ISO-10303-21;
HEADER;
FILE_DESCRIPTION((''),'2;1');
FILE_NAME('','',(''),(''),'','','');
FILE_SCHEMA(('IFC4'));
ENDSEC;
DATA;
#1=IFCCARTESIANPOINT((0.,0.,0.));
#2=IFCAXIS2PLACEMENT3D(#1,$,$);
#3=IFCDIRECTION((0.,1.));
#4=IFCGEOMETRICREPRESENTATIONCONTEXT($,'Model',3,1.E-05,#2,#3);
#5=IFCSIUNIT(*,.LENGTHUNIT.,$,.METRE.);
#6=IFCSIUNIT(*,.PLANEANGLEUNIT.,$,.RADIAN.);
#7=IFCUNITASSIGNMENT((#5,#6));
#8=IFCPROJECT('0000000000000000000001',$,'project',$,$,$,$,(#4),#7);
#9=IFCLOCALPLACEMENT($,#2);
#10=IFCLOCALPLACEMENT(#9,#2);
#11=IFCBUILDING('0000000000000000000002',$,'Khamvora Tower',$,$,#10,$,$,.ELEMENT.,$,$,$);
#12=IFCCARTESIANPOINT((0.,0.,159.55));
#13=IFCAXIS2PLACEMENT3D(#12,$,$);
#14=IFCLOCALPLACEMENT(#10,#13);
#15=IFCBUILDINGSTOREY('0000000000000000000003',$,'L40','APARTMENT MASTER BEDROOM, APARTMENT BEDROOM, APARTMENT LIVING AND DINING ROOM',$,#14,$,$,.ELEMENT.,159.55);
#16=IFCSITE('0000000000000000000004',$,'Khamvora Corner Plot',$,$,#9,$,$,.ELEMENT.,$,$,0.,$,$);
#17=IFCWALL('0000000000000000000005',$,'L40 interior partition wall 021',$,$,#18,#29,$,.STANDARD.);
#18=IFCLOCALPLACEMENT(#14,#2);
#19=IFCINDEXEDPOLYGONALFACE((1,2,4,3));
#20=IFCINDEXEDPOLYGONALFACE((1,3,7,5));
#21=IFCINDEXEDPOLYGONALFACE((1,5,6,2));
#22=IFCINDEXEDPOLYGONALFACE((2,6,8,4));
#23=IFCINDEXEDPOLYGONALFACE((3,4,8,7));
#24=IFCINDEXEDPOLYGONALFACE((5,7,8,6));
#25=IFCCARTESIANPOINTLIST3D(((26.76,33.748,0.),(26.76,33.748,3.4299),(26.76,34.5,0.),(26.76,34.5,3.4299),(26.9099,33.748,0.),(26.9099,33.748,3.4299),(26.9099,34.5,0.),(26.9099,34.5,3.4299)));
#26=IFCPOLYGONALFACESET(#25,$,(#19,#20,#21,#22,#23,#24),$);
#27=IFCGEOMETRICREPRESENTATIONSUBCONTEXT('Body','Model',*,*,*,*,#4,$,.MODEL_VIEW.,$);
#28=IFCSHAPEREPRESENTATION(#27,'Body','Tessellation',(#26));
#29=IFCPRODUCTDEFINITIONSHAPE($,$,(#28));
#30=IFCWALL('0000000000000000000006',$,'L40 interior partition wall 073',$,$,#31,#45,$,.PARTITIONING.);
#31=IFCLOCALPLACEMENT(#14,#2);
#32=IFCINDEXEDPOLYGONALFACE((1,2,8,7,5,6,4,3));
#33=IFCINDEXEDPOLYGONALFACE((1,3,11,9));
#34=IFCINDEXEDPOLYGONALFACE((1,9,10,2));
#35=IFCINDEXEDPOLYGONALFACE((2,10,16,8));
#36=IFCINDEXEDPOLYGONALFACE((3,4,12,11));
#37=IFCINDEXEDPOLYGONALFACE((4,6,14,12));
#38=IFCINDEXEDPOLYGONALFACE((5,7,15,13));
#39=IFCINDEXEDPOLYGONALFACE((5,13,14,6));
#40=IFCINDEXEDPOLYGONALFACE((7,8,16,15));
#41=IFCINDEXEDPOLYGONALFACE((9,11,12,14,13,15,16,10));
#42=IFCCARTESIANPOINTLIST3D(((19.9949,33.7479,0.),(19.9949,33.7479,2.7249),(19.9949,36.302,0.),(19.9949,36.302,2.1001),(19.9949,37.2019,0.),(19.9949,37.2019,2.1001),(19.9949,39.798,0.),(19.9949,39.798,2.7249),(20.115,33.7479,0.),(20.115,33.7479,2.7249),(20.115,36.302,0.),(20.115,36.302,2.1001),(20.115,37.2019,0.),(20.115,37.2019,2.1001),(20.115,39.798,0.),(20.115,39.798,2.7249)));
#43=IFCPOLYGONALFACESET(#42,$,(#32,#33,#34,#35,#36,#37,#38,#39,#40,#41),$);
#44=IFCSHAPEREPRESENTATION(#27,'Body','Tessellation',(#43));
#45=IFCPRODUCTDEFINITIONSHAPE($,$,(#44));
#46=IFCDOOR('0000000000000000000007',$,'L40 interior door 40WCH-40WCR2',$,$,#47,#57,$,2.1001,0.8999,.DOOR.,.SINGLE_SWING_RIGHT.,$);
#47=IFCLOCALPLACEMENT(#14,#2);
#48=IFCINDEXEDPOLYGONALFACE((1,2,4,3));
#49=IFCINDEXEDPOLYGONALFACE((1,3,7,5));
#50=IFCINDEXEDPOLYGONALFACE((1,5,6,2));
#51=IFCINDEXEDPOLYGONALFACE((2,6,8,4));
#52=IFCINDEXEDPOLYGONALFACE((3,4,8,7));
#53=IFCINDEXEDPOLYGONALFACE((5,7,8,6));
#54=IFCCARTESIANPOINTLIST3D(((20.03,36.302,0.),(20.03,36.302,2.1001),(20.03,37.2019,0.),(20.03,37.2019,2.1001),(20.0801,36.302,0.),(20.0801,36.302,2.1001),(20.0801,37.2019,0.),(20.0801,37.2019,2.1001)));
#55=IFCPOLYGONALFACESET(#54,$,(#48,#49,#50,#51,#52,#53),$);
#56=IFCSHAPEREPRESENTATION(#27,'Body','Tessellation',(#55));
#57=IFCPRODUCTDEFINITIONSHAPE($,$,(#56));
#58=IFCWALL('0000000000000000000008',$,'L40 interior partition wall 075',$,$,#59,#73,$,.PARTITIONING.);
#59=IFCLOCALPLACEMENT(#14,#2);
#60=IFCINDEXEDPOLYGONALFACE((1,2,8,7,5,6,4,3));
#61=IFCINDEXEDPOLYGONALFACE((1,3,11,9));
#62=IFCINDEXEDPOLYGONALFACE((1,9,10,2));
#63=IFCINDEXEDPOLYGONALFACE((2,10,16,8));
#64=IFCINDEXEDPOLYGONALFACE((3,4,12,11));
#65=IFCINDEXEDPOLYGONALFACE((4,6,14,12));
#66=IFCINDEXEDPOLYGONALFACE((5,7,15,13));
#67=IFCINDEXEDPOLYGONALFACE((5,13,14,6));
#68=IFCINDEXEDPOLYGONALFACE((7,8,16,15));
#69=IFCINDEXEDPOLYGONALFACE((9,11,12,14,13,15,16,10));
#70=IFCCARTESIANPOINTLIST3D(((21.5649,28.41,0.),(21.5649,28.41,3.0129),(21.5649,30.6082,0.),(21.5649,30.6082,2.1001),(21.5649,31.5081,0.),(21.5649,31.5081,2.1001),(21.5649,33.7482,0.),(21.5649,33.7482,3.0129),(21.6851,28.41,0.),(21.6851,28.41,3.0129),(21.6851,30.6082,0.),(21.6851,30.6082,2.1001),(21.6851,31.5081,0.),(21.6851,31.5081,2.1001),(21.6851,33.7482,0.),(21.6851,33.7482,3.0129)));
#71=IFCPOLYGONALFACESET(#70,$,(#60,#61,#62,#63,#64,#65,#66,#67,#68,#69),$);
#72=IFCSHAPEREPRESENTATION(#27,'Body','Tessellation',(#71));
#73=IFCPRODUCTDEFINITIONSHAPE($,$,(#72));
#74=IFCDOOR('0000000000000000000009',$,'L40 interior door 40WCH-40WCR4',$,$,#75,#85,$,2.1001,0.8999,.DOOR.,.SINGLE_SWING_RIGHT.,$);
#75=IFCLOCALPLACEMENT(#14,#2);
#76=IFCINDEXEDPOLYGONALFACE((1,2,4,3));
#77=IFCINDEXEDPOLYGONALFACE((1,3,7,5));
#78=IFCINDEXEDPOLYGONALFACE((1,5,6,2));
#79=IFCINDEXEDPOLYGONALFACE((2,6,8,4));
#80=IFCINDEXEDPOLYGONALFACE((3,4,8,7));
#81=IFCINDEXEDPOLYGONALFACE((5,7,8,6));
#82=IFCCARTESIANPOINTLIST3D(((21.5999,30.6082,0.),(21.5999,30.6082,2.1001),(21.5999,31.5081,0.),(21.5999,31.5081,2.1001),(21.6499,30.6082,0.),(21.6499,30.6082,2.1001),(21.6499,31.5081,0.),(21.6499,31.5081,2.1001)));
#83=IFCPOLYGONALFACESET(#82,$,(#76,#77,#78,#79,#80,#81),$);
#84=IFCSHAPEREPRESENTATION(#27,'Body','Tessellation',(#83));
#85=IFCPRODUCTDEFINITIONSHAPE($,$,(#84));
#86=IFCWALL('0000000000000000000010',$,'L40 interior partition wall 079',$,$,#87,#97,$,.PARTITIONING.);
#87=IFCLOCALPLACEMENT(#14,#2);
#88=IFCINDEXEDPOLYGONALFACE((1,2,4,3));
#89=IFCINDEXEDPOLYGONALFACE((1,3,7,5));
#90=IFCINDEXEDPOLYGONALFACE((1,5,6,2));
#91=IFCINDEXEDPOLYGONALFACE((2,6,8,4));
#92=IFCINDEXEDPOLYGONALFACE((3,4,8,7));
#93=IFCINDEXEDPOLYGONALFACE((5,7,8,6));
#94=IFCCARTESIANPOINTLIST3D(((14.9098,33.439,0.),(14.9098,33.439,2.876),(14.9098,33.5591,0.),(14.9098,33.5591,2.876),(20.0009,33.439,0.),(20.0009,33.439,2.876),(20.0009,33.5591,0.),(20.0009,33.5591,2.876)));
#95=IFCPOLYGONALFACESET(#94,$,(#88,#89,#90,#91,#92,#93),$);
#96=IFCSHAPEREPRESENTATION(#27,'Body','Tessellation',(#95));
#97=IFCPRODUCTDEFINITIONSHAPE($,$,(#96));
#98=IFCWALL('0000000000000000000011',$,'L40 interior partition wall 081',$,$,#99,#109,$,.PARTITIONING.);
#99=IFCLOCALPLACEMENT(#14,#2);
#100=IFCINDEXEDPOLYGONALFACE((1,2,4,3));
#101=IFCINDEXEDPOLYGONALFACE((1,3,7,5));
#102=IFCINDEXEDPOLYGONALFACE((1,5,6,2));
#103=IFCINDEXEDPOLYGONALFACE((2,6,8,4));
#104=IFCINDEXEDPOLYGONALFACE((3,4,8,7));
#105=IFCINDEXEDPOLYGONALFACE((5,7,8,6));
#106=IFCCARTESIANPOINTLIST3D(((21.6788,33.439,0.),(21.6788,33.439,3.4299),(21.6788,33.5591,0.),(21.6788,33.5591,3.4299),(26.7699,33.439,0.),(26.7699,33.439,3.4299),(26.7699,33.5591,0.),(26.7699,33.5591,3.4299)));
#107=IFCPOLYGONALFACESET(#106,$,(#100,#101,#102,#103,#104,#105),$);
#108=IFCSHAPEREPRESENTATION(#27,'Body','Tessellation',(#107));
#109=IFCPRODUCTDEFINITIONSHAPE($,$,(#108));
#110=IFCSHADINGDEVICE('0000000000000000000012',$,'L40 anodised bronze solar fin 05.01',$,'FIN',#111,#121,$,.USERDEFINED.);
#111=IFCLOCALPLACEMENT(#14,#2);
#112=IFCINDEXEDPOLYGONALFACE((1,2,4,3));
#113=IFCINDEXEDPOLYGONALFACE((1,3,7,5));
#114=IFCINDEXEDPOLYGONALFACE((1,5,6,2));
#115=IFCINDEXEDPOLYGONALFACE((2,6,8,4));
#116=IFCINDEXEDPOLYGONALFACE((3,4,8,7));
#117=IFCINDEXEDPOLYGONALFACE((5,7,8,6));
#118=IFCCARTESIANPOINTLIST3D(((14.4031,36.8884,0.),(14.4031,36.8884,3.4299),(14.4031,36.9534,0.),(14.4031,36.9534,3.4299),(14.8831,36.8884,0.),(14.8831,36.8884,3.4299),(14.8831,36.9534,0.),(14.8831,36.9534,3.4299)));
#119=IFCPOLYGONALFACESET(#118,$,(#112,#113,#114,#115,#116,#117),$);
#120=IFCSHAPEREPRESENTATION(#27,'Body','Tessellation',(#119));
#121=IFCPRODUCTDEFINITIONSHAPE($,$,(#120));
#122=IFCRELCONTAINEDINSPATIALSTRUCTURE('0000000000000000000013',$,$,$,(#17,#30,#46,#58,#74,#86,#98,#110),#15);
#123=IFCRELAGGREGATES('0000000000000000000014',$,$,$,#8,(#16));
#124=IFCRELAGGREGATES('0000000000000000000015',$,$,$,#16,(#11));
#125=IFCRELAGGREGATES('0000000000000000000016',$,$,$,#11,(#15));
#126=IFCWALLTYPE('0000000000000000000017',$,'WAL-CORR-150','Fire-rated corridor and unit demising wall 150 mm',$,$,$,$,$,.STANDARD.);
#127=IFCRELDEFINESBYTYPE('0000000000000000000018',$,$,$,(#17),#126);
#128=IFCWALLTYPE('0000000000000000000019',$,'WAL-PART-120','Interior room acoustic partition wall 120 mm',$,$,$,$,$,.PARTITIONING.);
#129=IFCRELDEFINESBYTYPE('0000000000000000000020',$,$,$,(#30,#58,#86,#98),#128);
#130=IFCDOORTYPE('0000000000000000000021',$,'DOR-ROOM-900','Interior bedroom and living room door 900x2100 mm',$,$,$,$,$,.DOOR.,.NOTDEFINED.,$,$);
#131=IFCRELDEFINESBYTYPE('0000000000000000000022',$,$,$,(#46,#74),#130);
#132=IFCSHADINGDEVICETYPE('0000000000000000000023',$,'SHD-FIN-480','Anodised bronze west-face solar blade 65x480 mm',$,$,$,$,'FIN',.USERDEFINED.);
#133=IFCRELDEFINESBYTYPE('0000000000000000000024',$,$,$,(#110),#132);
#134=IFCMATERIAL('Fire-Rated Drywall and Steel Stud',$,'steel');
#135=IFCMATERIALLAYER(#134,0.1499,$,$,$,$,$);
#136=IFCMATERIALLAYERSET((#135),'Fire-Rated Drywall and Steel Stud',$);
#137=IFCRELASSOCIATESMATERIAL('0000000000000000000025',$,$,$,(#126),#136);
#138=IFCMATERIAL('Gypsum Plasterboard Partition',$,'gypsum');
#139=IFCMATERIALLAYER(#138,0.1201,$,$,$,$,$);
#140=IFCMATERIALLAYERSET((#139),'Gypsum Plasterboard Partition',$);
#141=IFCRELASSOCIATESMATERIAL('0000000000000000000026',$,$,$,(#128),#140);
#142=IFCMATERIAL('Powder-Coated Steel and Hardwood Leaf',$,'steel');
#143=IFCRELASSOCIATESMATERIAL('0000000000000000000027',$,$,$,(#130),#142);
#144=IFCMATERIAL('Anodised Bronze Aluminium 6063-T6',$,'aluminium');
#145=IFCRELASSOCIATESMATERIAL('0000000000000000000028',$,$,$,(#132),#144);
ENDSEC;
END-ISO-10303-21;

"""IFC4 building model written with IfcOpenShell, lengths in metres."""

from ifc_helpers import new_model, si_unit, direction, frame, frame_2d, origin, origin_2d, place, context, subcontext, project, spatial, rectangle, extrude, material, layer, layer_set, type_object, element, fill, save


model = new_model("IFC4")

# Units and contexts
model_context = context("Model", 3, precision=1e-05, world=origin(), true_north=direction((0.0, 1.0)))
body_context = subcontext(model_context, "Body", "Model", "MODEL_VIEW")
ifc_project = project(units=[si_unit("LENGTHUNIT", "METRE"), si_unit("PLANEANGLEUNIT", "RADIAN")], contexts=[model_context])

# Site, building, storey
site_placement = place(None, origin())
site = spatial("IfcSite", under=ifc_project, at=site_placement, Name="Khamvora Corner Plot", CompositionType="ELEMENT", RefElevation=0.0)
building_placement = place(site_placement, origin())
building = spatial("IfcBuilding", under=site, at=building_placement, Name="Khamvora Tower", CompositionType="ELEMENT")
storey_placement = place(building_placement, frame((0.0, 0.0, 159.55)))
storey = spatial("IfcBuildingStorey", under=building, at=storey_placement, Name="L40", Description="APARTMENT MASTER BEDROOM, APARTMENT BEDROOM, APARTMENT LIVING AND DINING ROOM", CompositionType="ELEMENT", Elevation=159.55)

# Wall
ifc_material_1 = material(Name="Fire-Rated Drywall and Steel Stud", Category="steel")
ifc_layer_1 = layer(ifc_material_1, 0.1499)
ifc_layer_set_1 = layer_set([ifc_layer_1], Name="Fire-Rated Drywall and Steel Stud")
wall_type_1 = type_object("IfcWallType", Name="WAL-CORR-150", Description="Fire-rated corridor and unit demising wall 150 mm", PredefinedType="STANDARD", material=ifc_layer_set_1)
wall_1_placement = place(storey_placement, frame((26.835, 33.748, 0.0), z_axis=(0.0, 0.0, 1.0), x_axis=(0.0, 1.0, 0.0)))
element("IfcWall", 1, at=wall_1_placement, inside=storey, type_object=wall_type_1, Name="L40 interior partition wall 021", PredefinedType="STANDARD", context=body_context, shape_type="SweptSolid", body=[
    extrude(rectangle(XDim=0.752, YDim=0.1499, at=frame_2d((0.376, 0.0))), origin(), (0.0, 0.0, 1.0), 3.4299),
])

# Walls, openings, doors
ifc_material_2 = material(Name="Gypsum Plasterboard Partition", Category="gypsum")
ifc_layer_2 = layer(ifc_material_2, 0.1201)
ifc_layer_set_2 = layer_set([ifc_layer_2], Name="Gypsum Plasterboard Partition")
wall_type_2 = type_object("IfcWallType", Name="WAL-PART-120", Description="Interior room acoustic partition wall 120 mm", PredefinedType="PARTITIONING", material=ifc_layer_set_2)
wall_2_placement = place(storey_placement, frame((20.0549, 33.748, 0.0), z_axis=(0.0, 0.0, 1.0), x_axis=(0.0, 1.0, 0.0)))
wall_2 = element("IfcWall", 2, at=wall_2_placement, inside=storey, type_object=wall_type_2, Name="L40 interior partition wall 073", PredefinedType="PARTITIONING", context=body_context, shape_type="SweptSolid", body=[
    extrude(rectangle(XDim=6.05, YDim=0.1201, at=frame_2d((3.0249, 0.0))), origin(), (0.0, 0.0, 1.0), 2.7249),
])
opening_1_placement = place(wall_2_placement, frame((2.554, 0.0, 0.0)))
opening_1 = element("IfcOpeningElement", 3, at=opening_1_placement, cuts=wall_2, PredefinedType="OPENING", context=body_context, shape_type="SweptSolid", body=[
    extrude(rectangle(XDim=0.8999, YDim=2.1001, at=frame_2d((0.45, 1.05))), frame((0.0, 0.0701, 0.0), z_axis=(0.0, -1.0, 0.0), x_axis=(1.0, 0.0, 0.0)), (0.0, 0.0, 1.0), 0.1401),
])
ifc_material_3 = material(Name="Powder-Coated Steel and Hardwood Leaf", Category="steel")
door_type = type_object("IfcDoorType", Name="DOR-ROOM-900", Description="Interior bedroom and living room door 900x2100 mm", OperationType="NOTDEFINED", PredefinedType="DOOR", material=ifc_material_3)
door_1_placement = place(opening_1_placement, origin())
door_1 = element("IfcDoor", 4, at=door_1_placement, inside=storey, type_object=door_type, Name="L40 interior door 40WCH-40WCR2", OperationType="SINGLE_SWING_RIGHT", OverallHeight=2.1001, OverallWidth=0.8999, PredefinedType="DOOR", context=body_context, shape_type="SweptSolid", body=[
    extrude(rectangle(XDim=0.8999, YDim=2.1001, at=frame_2d((0.45, 1.05))), frame((0.0, 0.0249, 0.0), z_axis=(0.0, -1.0, 0.0), x_axis=(1.0, 0.0, 0.0)), (0.0, 0.0, 1.0), 0.05),
])
fill(opening_1, door_1)
wall_3_placement = place(storey_placement, frame((21.625, 33.748, 0.0), z_axis=(0.0, 0.0, 1.0), x_axis=(0.0, -1.0, 0.0)))
wall_3 = element("IfcWall", 5, at=wall_3_placement, inside=storey, type_object=wall_type_2, Name="L40 interior partition wall 075", PredefinedType="PARTITIONING", context=body_context, shape_type="SweptSolid", body=[
    extrude(rectangle(XDim=5.3381, YDim=0.1201, at=frame_2d((2.6689, 0.0))), origin(), (0.0, 0.0, 1.0), 3.0129),
])
opening_2_placement = place(wall_3_placement, frame((2.24, 0.0, 0.0)))
opening_2 = element("IfcOpeningElement", 6, at=opening_2_placement, cuts=wall_3, PredefinedType="OPENING", context=body_context, shape_type="SweptSolid", body=[
    extrude(rectangle(XDim=0.8999, YDim=2.1001, at=frame_2d((0.45, 1.05))), frame((0.0, 0.0701, 0.0), z_axis=(0.0, -1.0, 0.0), x_axis=(1.0, 0.0, 0.0)), (0.0, 0.0, 1.0), 0.1401),
])
door_2_placement = place(opening_2_placement, origin())
door_2 = element("IfcDoor", 7, at=door_2_placement, inside=storey, type_object=door_type, Name="L40 interior door 40WCH-40WCR4", OperationType="SINGLE_SWING_RIGHT", OverallHeight=2.1001, OverallWidth=0.8999, PredefinedType="DOOR", context=body_context, shape_type="SweptSolid", body=[
    extrude(rectangle(XDim=0.8999, YDim=2.1001, at=frame_2d((0.45, 1.05))), frame((0.0, 0.0249, 0.0), z_axis=(0.0, -1.0, 0.0), x_axis=(1.0, 0.0, 0.0)), (0.0, 0.0, 1.0), 0.05),
])
fill(opening_2, door_2)

# Walls
wall_4_placement = place(storey_placement, frame((14.9099, 33.499, 0.0), z_axis=(0.0, 0.0, 1.0), x_axis=(1.0, 0.0, 0.0)))
element("IfcWall", 8, at=wall_4_placement, inside=storey, type_object=wall_type_2, Name="L40 interior partition wall 079", PredefinedType="PARTITIONING", context=body_context, shape_type="SweptSolid", body=[
    extrude(rectangle(XDim=5.0911, YDim=0.1201, at=frame_2d((2.5454, 0.0))), origin(), (0.0, 0.0, 1.0), 2.876),
])
wall_5_placement = place(storey_placement, frame((21.679, 33.499, 0.0), z_axis=(0.0, 0.0, 1.0), x_axis=(1.0, 0.0, 0.0)))
element("IfcWall", 9, at=wall_5_placement, inside=storey, type_object=wall_type_2, Name="L40 interior partition wall 081", PredefinedType="PARTITIONING", context=body_context, shape_type="SweptSolid", body=[
    extrude(rectangle(XDim=5.0911, YDim=0.1201, at=frame_2d((2.5454, 0.0))), origin(), (0.0, 0.0, 1.0), 3.4299),
])

# Shading device
ifc_material_4 = material(Name="Anodised Bronze Aluminium 6063-T6", Category="aluminium")
shading_device_type = type_object("IfcShadingDeviceType", Name="SHD-FIN-480", Description="Anodised bronze west-face solar blade 65x480 mm", ElementType="FIN", PredefinedType="USERDEFINED", material=ifc_material_4)
shading_device_placement = place(storey_placement, frame((14.6431, 36.9209, 0.0), z_axis=(0.0, 0.0, 1.0), x_axis=(0.0, 1.0, 0.0)))
element("IfcShadingDevice", 10, at=shading_device_placement, inside=storey, type_object=shading_device_type, Name="L40 anodised bronze solar fin 05.01", ObjectType="FIN", PredefinedType="USERDEFINED", context=body_context, shape_type="SweptSolid", body=[
    extrude(rectangle(XDim=0.0649, YDim=0.48, at=origin_2d()), origin(), (0.0, 0.0, 1.0), 3.4299),
])

save(model, "model.ifc")
